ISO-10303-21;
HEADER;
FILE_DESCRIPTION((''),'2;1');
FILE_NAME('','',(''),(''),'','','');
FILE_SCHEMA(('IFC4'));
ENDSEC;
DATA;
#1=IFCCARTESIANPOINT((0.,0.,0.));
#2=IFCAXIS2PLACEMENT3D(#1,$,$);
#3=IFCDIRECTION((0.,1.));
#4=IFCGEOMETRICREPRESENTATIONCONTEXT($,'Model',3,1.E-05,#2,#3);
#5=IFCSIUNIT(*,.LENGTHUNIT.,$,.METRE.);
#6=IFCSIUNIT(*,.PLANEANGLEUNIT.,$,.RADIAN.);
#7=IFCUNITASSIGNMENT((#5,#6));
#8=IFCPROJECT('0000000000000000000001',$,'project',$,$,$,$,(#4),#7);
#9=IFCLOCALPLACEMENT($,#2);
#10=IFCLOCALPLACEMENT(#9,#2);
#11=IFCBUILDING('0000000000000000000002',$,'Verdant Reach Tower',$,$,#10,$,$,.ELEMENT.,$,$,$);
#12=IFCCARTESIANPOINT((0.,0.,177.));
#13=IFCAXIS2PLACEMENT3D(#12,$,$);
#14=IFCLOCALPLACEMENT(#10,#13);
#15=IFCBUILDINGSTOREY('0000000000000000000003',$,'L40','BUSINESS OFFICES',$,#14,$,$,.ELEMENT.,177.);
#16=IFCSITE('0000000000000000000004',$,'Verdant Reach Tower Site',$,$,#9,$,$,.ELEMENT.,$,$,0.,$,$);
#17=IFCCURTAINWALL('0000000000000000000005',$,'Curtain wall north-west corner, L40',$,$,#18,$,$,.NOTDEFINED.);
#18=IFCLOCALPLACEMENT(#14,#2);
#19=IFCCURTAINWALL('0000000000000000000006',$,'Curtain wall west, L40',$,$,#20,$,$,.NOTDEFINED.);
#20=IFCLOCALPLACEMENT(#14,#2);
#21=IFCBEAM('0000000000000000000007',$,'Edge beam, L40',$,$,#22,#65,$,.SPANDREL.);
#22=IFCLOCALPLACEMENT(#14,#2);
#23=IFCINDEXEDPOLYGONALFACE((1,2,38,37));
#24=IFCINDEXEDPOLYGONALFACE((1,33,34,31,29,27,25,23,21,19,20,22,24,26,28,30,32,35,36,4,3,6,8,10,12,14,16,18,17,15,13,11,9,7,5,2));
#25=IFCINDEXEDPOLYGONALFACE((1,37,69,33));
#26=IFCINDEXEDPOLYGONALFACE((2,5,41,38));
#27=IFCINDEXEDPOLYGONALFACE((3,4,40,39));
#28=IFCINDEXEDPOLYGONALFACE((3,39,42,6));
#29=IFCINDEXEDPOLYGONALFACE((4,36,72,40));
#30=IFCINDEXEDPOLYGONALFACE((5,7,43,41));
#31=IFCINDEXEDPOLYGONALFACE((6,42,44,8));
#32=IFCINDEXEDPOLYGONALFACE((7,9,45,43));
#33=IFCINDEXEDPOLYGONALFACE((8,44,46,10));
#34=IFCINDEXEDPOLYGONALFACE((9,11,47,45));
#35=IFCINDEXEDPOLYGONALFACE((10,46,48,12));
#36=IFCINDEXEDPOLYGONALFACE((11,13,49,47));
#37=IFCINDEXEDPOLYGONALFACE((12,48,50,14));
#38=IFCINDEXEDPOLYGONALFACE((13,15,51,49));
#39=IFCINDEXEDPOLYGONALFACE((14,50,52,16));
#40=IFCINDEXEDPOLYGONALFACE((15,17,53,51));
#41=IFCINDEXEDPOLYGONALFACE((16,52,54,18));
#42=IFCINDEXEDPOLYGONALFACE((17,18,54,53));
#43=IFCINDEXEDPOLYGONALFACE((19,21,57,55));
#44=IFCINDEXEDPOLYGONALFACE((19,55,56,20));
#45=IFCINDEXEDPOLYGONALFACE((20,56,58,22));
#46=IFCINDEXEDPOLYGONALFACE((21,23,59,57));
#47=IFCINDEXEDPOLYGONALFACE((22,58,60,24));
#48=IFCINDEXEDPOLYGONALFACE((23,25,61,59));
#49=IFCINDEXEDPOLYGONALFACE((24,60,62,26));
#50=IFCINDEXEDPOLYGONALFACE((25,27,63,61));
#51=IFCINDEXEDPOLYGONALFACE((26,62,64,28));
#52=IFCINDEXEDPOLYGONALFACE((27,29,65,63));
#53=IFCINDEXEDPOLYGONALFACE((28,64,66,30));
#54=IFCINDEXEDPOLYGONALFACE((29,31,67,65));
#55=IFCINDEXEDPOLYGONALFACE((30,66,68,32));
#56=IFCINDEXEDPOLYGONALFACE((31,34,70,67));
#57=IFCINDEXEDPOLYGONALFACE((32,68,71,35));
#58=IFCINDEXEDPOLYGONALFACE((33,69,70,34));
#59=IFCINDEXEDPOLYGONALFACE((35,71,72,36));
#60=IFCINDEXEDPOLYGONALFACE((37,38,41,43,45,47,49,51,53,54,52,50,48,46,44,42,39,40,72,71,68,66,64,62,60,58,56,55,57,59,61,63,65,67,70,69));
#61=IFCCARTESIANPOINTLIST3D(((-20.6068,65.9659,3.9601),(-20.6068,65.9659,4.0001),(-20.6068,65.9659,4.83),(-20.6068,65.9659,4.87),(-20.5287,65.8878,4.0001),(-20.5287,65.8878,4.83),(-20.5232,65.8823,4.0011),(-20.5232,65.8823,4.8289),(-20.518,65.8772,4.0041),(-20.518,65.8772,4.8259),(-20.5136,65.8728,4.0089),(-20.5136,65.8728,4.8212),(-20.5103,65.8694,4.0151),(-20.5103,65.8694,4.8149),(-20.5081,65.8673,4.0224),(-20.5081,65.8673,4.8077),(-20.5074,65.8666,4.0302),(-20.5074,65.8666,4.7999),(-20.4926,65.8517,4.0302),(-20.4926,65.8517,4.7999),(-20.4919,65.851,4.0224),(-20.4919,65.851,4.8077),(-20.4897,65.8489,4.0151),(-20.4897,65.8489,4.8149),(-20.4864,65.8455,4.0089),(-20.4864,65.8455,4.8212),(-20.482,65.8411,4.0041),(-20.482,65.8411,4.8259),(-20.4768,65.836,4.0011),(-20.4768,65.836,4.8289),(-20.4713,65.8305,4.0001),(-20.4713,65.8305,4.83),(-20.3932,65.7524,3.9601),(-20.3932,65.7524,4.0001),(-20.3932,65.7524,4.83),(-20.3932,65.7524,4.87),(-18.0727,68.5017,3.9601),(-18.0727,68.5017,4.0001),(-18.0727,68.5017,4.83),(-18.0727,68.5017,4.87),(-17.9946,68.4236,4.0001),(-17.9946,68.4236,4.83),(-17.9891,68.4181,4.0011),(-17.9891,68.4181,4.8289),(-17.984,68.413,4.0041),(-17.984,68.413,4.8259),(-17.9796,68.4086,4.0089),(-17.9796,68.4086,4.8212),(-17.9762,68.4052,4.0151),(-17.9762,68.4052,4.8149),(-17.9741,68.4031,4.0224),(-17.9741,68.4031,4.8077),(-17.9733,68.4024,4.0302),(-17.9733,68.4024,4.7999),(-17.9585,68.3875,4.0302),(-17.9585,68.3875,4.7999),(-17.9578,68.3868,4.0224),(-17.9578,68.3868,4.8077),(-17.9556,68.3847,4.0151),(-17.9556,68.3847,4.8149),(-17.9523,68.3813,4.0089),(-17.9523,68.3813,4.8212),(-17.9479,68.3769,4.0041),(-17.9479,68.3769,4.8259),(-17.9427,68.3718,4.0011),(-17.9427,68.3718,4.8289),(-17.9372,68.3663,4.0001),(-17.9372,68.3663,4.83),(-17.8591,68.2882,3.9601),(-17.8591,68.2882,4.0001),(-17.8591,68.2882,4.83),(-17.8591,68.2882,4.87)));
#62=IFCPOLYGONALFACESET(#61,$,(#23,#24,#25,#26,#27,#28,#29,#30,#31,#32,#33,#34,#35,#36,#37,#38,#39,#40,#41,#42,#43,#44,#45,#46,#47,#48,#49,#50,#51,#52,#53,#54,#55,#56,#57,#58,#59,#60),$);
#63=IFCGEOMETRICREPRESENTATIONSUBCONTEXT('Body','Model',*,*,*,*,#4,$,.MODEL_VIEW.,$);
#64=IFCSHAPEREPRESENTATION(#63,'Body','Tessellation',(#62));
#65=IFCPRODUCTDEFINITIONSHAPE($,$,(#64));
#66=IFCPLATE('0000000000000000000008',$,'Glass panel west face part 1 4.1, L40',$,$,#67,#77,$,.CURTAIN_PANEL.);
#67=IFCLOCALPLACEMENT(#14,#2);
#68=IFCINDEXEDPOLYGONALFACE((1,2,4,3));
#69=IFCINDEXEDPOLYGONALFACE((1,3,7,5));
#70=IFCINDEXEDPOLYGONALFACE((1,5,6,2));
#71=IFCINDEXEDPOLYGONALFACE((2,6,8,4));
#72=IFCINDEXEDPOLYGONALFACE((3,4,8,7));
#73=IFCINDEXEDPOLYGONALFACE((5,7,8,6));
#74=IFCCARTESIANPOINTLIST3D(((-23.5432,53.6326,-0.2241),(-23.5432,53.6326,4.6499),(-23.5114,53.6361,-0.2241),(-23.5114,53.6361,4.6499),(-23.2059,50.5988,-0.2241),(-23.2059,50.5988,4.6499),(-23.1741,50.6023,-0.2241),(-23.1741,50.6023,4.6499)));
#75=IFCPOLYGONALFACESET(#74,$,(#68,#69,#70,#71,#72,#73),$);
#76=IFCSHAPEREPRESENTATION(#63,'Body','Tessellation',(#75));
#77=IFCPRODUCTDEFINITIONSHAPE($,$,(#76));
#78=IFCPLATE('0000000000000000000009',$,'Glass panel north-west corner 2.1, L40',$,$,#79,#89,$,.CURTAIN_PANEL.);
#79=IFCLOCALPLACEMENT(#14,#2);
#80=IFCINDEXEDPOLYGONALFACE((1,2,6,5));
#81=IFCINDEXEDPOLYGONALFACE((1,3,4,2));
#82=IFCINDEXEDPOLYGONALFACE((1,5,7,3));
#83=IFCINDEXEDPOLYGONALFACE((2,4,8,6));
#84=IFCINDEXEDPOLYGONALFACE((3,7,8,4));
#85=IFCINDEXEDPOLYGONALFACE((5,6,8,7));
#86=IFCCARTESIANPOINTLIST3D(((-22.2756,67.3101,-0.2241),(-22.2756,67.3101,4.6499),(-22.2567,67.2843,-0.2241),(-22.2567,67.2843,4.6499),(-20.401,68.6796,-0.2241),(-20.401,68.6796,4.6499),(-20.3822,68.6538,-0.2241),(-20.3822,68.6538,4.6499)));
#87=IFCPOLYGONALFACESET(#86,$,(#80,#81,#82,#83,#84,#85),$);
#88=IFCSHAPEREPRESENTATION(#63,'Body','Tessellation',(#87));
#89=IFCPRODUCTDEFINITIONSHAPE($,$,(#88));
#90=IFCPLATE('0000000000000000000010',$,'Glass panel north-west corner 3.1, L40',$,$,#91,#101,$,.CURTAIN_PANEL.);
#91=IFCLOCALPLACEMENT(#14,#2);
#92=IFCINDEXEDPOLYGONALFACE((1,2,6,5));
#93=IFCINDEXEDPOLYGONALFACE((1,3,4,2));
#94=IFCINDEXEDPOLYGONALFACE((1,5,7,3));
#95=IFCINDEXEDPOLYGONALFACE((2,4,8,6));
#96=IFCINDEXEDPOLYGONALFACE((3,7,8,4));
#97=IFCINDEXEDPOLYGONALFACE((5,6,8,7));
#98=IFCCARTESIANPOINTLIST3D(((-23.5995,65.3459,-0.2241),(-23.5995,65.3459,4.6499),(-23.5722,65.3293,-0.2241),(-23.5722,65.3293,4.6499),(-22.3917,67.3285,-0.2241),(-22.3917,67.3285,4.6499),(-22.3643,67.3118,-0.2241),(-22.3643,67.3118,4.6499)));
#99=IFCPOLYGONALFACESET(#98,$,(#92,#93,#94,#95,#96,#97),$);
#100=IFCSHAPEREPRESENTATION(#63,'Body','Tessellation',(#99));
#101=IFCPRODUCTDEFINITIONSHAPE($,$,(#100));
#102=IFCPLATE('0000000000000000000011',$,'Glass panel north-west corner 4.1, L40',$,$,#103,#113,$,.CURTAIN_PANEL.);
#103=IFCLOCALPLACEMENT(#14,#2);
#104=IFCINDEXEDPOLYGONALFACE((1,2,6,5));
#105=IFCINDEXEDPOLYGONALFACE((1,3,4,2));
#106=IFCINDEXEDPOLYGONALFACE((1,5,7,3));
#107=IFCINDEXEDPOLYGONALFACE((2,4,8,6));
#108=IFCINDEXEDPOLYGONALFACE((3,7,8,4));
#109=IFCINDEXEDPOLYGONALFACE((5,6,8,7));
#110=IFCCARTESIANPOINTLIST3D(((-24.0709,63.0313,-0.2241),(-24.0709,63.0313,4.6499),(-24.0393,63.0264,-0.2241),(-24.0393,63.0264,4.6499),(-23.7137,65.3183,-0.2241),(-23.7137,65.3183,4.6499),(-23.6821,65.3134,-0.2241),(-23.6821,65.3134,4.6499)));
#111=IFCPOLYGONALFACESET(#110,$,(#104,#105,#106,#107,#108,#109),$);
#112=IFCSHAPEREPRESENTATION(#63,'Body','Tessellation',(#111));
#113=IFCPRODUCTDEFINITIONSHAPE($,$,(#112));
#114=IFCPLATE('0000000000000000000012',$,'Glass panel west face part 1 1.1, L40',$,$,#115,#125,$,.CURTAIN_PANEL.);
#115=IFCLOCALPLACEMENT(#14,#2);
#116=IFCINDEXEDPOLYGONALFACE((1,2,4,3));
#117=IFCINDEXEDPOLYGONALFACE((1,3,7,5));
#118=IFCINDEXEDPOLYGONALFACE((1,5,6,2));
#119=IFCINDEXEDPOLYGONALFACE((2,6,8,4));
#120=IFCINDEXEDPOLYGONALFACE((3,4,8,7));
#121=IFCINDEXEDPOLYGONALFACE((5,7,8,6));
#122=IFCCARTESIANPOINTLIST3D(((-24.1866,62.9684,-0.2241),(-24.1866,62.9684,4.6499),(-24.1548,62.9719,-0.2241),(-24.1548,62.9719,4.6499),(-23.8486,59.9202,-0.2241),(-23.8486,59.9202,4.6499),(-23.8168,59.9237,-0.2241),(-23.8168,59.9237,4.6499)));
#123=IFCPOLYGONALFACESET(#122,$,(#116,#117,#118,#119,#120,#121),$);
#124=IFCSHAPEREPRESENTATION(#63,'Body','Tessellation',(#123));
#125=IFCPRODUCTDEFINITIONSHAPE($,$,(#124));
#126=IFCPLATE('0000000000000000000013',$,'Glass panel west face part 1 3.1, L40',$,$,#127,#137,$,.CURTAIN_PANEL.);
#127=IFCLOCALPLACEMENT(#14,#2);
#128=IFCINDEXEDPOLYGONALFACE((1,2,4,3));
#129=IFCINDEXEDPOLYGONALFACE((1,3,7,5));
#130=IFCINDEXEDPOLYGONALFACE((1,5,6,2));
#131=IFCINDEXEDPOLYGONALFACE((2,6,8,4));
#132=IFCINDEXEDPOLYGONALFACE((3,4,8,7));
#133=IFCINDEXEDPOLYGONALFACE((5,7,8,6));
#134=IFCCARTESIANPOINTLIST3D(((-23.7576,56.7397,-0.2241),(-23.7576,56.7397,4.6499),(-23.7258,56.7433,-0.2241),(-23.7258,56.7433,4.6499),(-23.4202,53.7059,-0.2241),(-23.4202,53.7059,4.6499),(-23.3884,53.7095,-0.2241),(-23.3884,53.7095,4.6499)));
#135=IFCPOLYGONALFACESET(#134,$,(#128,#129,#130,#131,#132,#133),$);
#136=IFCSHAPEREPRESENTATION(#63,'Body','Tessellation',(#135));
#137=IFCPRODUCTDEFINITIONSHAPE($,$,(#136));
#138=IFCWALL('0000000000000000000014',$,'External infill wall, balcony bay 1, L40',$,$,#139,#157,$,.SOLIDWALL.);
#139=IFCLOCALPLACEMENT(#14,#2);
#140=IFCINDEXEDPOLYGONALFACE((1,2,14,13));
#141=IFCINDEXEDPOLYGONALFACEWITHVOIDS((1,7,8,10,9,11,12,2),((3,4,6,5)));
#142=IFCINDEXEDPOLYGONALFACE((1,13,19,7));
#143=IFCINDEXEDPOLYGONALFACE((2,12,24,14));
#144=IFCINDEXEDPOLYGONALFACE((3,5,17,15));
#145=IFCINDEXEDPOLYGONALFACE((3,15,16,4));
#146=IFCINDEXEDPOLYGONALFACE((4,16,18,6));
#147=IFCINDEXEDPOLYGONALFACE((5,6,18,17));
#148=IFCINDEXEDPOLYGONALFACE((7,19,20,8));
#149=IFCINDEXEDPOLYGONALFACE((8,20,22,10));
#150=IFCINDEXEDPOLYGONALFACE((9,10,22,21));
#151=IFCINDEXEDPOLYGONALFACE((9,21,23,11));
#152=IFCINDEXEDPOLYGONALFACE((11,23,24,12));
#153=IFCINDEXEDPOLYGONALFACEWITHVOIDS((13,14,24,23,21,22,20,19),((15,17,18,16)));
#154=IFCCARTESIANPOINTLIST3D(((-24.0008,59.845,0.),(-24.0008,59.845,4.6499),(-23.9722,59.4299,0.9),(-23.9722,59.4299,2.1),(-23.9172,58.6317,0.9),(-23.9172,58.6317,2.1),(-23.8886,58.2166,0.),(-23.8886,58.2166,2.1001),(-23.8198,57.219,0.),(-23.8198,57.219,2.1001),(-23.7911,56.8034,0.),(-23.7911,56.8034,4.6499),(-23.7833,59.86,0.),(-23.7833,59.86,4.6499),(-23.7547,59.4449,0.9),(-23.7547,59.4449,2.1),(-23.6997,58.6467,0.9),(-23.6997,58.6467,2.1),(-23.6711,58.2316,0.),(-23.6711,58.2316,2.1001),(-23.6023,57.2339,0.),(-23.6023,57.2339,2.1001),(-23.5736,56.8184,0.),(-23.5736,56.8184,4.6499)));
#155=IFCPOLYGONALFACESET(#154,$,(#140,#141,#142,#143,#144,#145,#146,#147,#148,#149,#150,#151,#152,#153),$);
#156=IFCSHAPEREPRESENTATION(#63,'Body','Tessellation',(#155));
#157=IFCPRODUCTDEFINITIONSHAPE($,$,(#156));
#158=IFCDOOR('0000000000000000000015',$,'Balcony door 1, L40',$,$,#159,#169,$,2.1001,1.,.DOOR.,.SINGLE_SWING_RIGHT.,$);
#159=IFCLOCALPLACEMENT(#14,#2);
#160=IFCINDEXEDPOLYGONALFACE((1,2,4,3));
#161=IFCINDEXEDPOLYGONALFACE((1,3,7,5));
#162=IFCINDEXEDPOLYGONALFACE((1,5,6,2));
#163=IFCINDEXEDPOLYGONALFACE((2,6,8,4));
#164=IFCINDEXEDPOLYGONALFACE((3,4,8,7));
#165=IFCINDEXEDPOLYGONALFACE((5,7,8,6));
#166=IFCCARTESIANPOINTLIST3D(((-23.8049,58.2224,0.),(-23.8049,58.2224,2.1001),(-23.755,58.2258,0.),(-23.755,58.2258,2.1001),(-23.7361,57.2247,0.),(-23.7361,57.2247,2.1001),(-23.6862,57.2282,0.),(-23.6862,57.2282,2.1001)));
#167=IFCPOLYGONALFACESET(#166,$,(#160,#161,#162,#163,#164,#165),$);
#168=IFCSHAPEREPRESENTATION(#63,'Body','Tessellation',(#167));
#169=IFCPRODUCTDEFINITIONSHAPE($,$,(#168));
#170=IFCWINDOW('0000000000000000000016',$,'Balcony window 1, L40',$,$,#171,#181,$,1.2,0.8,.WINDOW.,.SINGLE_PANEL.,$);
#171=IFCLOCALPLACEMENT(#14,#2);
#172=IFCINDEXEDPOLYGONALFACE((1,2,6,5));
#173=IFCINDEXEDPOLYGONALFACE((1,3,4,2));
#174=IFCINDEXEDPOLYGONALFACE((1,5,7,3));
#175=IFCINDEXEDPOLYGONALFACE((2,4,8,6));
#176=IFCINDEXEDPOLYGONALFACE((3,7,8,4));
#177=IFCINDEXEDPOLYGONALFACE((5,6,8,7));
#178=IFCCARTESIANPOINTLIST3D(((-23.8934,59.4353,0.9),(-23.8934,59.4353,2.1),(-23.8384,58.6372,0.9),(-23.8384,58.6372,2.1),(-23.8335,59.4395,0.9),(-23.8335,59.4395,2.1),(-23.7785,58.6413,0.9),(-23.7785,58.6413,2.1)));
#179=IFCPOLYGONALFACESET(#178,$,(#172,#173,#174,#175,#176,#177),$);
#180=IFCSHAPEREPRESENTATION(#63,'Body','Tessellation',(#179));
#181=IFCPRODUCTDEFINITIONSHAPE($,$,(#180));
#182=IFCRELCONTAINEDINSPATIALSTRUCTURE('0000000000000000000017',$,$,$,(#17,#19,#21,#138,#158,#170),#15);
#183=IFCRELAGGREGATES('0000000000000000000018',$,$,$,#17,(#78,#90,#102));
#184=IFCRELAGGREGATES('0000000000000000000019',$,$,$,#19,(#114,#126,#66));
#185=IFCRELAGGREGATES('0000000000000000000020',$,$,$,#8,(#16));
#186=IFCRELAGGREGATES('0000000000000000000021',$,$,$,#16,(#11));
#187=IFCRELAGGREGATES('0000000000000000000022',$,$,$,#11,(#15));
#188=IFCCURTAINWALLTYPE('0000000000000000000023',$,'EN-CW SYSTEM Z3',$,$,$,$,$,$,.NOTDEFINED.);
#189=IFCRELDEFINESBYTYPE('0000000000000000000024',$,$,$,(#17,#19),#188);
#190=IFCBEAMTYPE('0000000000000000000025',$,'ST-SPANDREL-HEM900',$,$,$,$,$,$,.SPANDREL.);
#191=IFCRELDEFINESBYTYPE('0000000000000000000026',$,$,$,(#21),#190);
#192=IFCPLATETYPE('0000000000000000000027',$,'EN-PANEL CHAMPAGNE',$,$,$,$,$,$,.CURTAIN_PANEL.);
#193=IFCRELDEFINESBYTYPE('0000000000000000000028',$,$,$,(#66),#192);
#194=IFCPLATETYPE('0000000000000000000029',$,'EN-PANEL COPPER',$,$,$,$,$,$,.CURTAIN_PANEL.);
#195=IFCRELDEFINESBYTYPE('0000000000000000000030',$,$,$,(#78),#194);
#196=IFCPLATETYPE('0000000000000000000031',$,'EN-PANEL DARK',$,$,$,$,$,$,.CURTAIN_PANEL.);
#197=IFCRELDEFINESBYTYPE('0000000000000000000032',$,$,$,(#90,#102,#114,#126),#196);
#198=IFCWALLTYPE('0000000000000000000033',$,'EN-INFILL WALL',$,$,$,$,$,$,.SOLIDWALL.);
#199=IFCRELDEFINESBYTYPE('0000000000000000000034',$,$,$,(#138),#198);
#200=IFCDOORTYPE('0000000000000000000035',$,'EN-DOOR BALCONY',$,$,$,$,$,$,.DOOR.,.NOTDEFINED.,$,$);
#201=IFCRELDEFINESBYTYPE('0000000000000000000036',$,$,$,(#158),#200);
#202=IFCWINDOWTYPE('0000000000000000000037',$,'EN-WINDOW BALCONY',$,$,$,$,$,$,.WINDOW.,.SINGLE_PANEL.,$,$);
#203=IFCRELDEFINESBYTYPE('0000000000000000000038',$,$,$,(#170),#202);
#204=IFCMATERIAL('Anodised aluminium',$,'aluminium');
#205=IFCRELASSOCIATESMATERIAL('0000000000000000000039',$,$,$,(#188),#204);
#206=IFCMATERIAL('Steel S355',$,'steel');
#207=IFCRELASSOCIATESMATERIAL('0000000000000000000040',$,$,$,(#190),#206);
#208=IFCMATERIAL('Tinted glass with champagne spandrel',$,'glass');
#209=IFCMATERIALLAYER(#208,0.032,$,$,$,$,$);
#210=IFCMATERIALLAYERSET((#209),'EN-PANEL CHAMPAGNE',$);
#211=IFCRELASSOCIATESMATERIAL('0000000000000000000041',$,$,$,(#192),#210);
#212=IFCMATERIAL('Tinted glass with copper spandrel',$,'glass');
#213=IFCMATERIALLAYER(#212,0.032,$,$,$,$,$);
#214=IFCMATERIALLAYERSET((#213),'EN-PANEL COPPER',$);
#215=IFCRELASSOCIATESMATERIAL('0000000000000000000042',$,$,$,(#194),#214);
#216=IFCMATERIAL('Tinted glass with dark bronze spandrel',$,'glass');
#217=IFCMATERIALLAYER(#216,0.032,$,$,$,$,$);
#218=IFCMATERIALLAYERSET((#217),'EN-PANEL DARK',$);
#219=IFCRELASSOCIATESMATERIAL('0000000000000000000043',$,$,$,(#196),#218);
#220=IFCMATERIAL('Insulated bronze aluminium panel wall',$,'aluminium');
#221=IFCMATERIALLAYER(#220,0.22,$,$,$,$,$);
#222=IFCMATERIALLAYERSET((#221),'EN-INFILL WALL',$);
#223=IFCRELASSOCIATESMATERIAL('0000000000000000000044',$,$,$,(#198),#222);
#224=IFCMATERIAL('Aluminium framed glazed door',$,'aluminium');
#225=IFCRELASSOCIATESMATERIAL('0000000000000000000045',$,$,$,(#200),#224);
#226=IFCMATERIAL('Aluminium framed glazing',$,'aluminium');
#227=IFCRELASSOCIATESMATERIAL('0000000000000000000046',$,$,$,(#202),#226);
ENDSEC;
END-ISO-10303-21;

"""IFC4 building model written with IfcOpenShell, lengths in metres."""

from ifc_helpers import new_model, si_unit, direction, frame, frame_2d, origin, origin_2d, place, context, subcontext, project, spatial, rectangle, i_section, extrude, material, layer, layer_set, material_profile, profile_set, type_object, element, fill, aggregate, save


model = new_model("IFC4")

# Units and contexts
model_context = context("Model", 3, precision=1e-05, world=origin(), true_north=direction((0.0, 1.0)))
body_context = subcontext(model_context, "Body", "Model", "MODEL_VIEW")
ifc_project = project(units=[si_unit("LENGTHUNIT", "METRE"), si_unit("PLANEANGLEUNIT", "RADIAN")], contexts=[model_context])

# Site, building, storey
site_placement = place(None, origin())
site = spatial("IfcSite", under=ifc_project, at=site_placement, Name="Verdant Reach Tower Site", CompositionType="ELEMENT", RefElevation=0.0)
building_placement = place(site_placement, origin())
building = spatial("IfcBuilding", under=site, at=building_placement, Name="Verdant Reach Tower", CompositionType="ELEMENT")
storey_placement = place(building_placement, frame((0.0, 0.0, 177.0)))
storey = spatial("IfcBuildingStorey", under=building, at=storey_placement, Name="L40", Description="BUSINESS OFFICES", CompositionType="ELEMENT", Elevation=177.0)

# Curtain walls
ifc_material_1 = material(Name="Anodised aluminium", Category="aluminium")
curtain_wall_type = type_object("IfcCurtainWallType", Name="EN-CW SYSTEM Z3", PredefinedType="NOTDEFINED", material=ifc_material_1)
curtain_wall_1_placement = place(storey_placement, origin())
curtain_wall_1 = element("IfcCurtainWall", 1, at=curtain_wall_1_placement, inside=storey, type_object=curtain_wall_type, Name="Curtain wall north-west corner, L40", PredefinedType="NOTDEFINED")
curtain_wall_2_placement = place(storey_placement, origin())
curtain_wall_2 = element("IfcCurtainWall", 2, at=curtain_wall_2_placement, inside=storey, type_object=curtain_wall_type, Name="Curtain wall west, L40", PredefinedType="NOTDEFINED")

# Beam
ifc_material_2 = material(Name="Steel S355", Category="steel")
ifc_material_profile_1 = material_profile(ifc_material_2, i_section(OverallWidth=0.302, OverallDepth=0.9099, WebThickness=0.021, FlangeThickness=0.04, FilletRadius=0.03, at=origin_2d()), Name="HEM 900")
ifc_profile_set_1 = profile_set([ifc_material_profile_1], Name="Steel S355")
beam_type = type_object("IfcBeamType", Name="ST-SPANDREL-HEM900", PredefinedType="SPANDREL", material=ifc_profile_set_1)
beam_1_placement = place(storey_placement, frame((-20.5, 65.8591, 4.415), z_axis=(0.706868, 0.707345, 0.0), x_axis=(-0.707345, 0.706868, 0.0)))
element("IfcBeam", 3, at=beam_1_placement, inside=storey, type_object=beam_type, Name="Edge beam, L40", PredefinedType="SPANDREL", context=body_context, shape_type="SweptSolid", body=[
    extrude(i_section(OverallWidth=0.302, OverallDepth=0.9099, WebThickness=0.021, FlangeThickness=0.04, FilletRadius=0.03, at=origin_2d()), origin(), (0.0, 0.0, 1.0), 3.585),
])

# Plates
ifc_material_3 = material(Name="Tinted glass with champagne spandrel", Category="glass")
ifc_layer_1 = layer(ifc_material_3, 0.032)
ifc_layer_set_1 = layer_set([ifc_layer_1], Name="EN-PANEL CHAMPAGNE")
plate_type_1 = type_object("IfcPlateType", Name="EN-PANEL CHAMPAGNE", PredefinedType="CURTAIN_PANEL", material=ifc_layer_set_1)
plate_1_placement = place(storey_placement, frame((-23.3586, 52.1174, -0.2241), z_axis=(0.0, 0.0, 1.0), x_axis=(0.110518, -0.993874, 0.0)))
plate_1 = element("IfcPlate", 4, at=plate_1_placement, type_object=plate_type_1, Name="Glass panel west face part 1 4.1, L40", PredefinedType="CURTAIN_PANEL", context=body_context, shape_type="SweptSolid", body=[
    extrude(rectangle(XDim=3.0525, YDim=0.032, at=origin_2d()), origin(), (0.0, 0.0, 1.0), 4.874),
])
ifc_material_4 = material(Name="Tinted glass with copper spandrel", Category="glass")
ifc_layer_2 = layer(ifc_material_4, 0.032)
ifc_layer_set_2 = layer_set([ifc_layer_2], Name="EN-PANEL COPPER")
plate_type_2 = type_object("IfcPlateType", Name="EN-PANEL COPPER", PredefinedType="CURTAIN_PANEL", material=ifc_layer_set_2)
plate_2_placement = place(storey_placement, frame((-21.3289, 67.9819, -0.2241), z_axis=(0.0, 0.0, 1.0), x_axis=(-0.807457, -0.589927, 0.0)))
plate_2 = element("IfcPlate", 5, at=plate_2_placement, type_object=plate_type_2, Name="Glass panel north-west corner 2.1, L40", PredefinedType="CURTAIN_PANEL", context=body_context, shape_type="SweptSolid", body=[
    extrude(rectangle(XDim=2.3215, YDim=0.032, at=origin_2d()), origin(), (0.0, 0.0, 1.0), 4.874),
])
ifc_material_5 = material(Name="Tinted glass with dark bronze spandrel", Category="glass")
ifc_layer_3 = layer(ifc_material_5, 0.032)
ifc_layer_set_3 = layer_set([ifc_layer_3], Name="EN-PANEL DARK")
plate_type_3 = type_object("IfcPlateType", Name="EN-PANEL DARK", PredefinedType="CURTAIN_PANEL", material=ifc_layer_set_3)
plate_3_placement = place(storey_placement, frame((-22.9819, 66.3289, -0.2241), z_axis=(0.0, 0.0, 1.0), x_axis=(-0.520292, -0.853989, 0.0)))
plate_3 = element("IfcPlate", 6, at=plate_3_placement, type_object=plate_type_3, Name="Glass panel north-west corner 3.1, L40", PredefinedType="CURTAIN_PANEL", context=body_context, shape_type="SweptSolid", body=[
    extrude(rectangle(XDim=2.3215, YDim=0.032, at=origin_2d()), origin(), (0.0, 0.0, 1.0), 4.874),
])
plate_4_placement = place(storey_placement, frame((-23.8765, 64.1724, -0.2241), z_axis=(0.0, 0.0, 1.0), x_axis=(-0.154312, -0.988022, 0.0)))
plate_4 = element("IfcPlate", 7, at=plate_4_placement, type_object=plate_type_3, Name="Glass panel north-west corner 4.1, L40", PredefinedType="CURTAIN_PANEL", context=body_context, shape_type="SweptSolid", body=[
    extrude(rectangle(XDim=2.3147, YDim=0.032, at=origin_2d()), origin(), (0.0, 0.0, 1.0), 4.874),
])
aggregate(curtain_wall_1, [plate_2, plate_3, plate_4])
plate_5_placement = place(storey_placement, frame((-24.0017, 61.446, -0.2241), z_axis=(0.0, 0.0, 1.0), x_axis=(0.110214, -0.993908, 0.0)))
plate_5 = element("IfcPlate", 8, at=plate_5_placement, type_object=plate_type_3, Name="Glass panel west face part 1 1.1, L40", PredefinedType="CURTAIN_PANEL", context=body_context, shape_type="SweptSolid", body=[
    extrude(rectangle(XDim=3.0669, YDim=0.032, at=origin_2d()), origin(), (0.0, 0.0, 1.0), 4.874),
])
plate_6_placement = place(storey_placement, frame((-23.573, 55.2246, -0.2241), z_axis=(0.0, 0.0, 1.0), x_axis=(0.110518, -0.993874, 0.0)))
plate_6 = element("IfcPlate", 9, at=plate_6_placement, type_object=plate_type_3, Name="Glass panel west face part 1 3.1, L40", PredefinedType="CURTAIN_PANEL", context=body_context, shape_type="SweptSolid", body=[
    extrude(rectangle(XDim=3.0525, YDim=0.032, at=origin_2d()), origin(), (0.0, 0.0, 1.0), 4.874),
])
aggregate(curtain_wall_2, [plate_5, plate_6, plate_1])

# Wall, openings, door, window
ifc_material_6 = material(Name="Insulated bronze aluminium panel wall", Category="aluminium")
ifc_layer_4 = layer(ifc_material_6, 0.22)
ifc_layer_set_4 = layer_set([ifc_layer_4], Name="EN-INFILL WALL")
wall_type_1 = type_object("IfcWallType", Name="EN-INFILL WALL", PredefinedType="SOLIDWALL", material=ifc_layer_set_4)
wall_1_placement = place(storey_placement, frame((-23.8921, 59.8525, 0.0), z_axis=(0.0, 0.0, 1.0), x_axis=(0.068788, -0.997631, 0.0)))
wall_1 = element("IfcWall", 10, at=wall_1_placement, inside=storey, type_object=wall_type_1, Name="External infill wall, balcony bay 1, L40", PredefinedType="SOLIDWALL", context=body_context, shape_type="SweptSolid", body=[
    extrude(rectangle(XDim=3.0488, YDim=0.218, at=frame_2d((1.5244, 0.0))), origin(), (0.0, 0.0, 1.0), 4.6499),
])
opening_1_placement = place(wall_1_placement, frame((1.6323, 0.0, 0.0)))
opening_1 = element("IfcOpeningElement", 11, at=opening_1_placement, cuts=wall_1, PredefinedType="OPENING", context=body_context, shape_type="SweptSolid", body=[
    extrude(rectangle(XDim=1.0, YDim=2.1001, at=frame_2d((0.5, 1.05))), frame((0.0, 0.1189, 0.0), z_axis=(0.0, -1.0, 0.0), x_axis=(1.0, 0.0, 0.0)), (0.0, 0.0, 1.0), 0.238),
])
opening_2_placement = place(wall_1_placement, frame((0.4163, 0.0, 0.8999)))
opening_2 = element("IfcOpeningElement", 12, at=opening_2_placement, cuts=wall_1, PredefinedType="OPENING", context=body_context, shape_type="SweptSolid", body=[
    extrude(rectangle(XDim=0.8, YDim=1.2, at=frame_2d((0.3999, 0.6001))), frame((0.0, 0.1189, 0.0), z_axis=(0.0, -1.0, 0.0), x_axis=(1.0, 0.0, 0.0)), (0.0, 0.0, 1.0), 0.238),
])
ifc_material_7 = material(Name="Aluminium framed glazed door", Category="aluminium")
door_type = type_object("IfcDoorType", Name="EN-DOOR BALCONY", OperationType="NOTDEFINED", PredefinedType="DOOR", material=ifc_material_7)
door_placement = place(opening_1_placement, origin())
door = element("IfcDoor", 13, at=door_placement, inside=storey, type_object=door_type, Name="Balcony door 1, L40", OperationType="SINGLE_SWING_RIGHT", OverallHeight=2.1001, OverallWidth=1.0, PredefinedType="DOOR", context=body_context, shape_type="SweptSolid", body=[
    extrude(rectangle(XDim=1.0, YDim=2.1001, at=frame_2d((0.5, 1.05))), frame((0.0, 0.0249, 0.0), z_axis=(0.0, -1.0, 0.0), x_axis=(1.0, 0.0, 0.0)), (0.0, 0.0, 1.0), 0.05),
])
fill(opening_1, door)
ifc_material_8 = material(Name="Aluminium framed glazing", Category="aluminium")
window_type = type_object("IfcWindowType", Name="EN-WINDOW BALCONY", PartitioningType="SINGLE_PANEL", PredefinedType="WINDOW", material=ifc_material_8)
window_placement = place(opening_2_placement, origin())
window = element("IfcWindow", 14, at=window_placement, inside=storey, type_object=window_type, Name="Balcony window 1, L40", OverallHeight=1.2, OverallWidth=0.8, PartitioningType="SINGLE_PANEL", PredefinedType="WINDOW", context=body_context, shape_type="SweptSolid", body=[
    extrude(rectangle(XDim=0.8, YDim=1.2, at=frame_2d((0.3999, 0.6001))), frame((0.0, 0.03, 0.0), z_axis=(0.0, -1.0, 0.0), x_axis=(1.0, 0.0, 0.0)), (0.0, 0.0, 1.0), 0.0601),
])
fill(opening_2, window)

save(model, "model.ifc")
